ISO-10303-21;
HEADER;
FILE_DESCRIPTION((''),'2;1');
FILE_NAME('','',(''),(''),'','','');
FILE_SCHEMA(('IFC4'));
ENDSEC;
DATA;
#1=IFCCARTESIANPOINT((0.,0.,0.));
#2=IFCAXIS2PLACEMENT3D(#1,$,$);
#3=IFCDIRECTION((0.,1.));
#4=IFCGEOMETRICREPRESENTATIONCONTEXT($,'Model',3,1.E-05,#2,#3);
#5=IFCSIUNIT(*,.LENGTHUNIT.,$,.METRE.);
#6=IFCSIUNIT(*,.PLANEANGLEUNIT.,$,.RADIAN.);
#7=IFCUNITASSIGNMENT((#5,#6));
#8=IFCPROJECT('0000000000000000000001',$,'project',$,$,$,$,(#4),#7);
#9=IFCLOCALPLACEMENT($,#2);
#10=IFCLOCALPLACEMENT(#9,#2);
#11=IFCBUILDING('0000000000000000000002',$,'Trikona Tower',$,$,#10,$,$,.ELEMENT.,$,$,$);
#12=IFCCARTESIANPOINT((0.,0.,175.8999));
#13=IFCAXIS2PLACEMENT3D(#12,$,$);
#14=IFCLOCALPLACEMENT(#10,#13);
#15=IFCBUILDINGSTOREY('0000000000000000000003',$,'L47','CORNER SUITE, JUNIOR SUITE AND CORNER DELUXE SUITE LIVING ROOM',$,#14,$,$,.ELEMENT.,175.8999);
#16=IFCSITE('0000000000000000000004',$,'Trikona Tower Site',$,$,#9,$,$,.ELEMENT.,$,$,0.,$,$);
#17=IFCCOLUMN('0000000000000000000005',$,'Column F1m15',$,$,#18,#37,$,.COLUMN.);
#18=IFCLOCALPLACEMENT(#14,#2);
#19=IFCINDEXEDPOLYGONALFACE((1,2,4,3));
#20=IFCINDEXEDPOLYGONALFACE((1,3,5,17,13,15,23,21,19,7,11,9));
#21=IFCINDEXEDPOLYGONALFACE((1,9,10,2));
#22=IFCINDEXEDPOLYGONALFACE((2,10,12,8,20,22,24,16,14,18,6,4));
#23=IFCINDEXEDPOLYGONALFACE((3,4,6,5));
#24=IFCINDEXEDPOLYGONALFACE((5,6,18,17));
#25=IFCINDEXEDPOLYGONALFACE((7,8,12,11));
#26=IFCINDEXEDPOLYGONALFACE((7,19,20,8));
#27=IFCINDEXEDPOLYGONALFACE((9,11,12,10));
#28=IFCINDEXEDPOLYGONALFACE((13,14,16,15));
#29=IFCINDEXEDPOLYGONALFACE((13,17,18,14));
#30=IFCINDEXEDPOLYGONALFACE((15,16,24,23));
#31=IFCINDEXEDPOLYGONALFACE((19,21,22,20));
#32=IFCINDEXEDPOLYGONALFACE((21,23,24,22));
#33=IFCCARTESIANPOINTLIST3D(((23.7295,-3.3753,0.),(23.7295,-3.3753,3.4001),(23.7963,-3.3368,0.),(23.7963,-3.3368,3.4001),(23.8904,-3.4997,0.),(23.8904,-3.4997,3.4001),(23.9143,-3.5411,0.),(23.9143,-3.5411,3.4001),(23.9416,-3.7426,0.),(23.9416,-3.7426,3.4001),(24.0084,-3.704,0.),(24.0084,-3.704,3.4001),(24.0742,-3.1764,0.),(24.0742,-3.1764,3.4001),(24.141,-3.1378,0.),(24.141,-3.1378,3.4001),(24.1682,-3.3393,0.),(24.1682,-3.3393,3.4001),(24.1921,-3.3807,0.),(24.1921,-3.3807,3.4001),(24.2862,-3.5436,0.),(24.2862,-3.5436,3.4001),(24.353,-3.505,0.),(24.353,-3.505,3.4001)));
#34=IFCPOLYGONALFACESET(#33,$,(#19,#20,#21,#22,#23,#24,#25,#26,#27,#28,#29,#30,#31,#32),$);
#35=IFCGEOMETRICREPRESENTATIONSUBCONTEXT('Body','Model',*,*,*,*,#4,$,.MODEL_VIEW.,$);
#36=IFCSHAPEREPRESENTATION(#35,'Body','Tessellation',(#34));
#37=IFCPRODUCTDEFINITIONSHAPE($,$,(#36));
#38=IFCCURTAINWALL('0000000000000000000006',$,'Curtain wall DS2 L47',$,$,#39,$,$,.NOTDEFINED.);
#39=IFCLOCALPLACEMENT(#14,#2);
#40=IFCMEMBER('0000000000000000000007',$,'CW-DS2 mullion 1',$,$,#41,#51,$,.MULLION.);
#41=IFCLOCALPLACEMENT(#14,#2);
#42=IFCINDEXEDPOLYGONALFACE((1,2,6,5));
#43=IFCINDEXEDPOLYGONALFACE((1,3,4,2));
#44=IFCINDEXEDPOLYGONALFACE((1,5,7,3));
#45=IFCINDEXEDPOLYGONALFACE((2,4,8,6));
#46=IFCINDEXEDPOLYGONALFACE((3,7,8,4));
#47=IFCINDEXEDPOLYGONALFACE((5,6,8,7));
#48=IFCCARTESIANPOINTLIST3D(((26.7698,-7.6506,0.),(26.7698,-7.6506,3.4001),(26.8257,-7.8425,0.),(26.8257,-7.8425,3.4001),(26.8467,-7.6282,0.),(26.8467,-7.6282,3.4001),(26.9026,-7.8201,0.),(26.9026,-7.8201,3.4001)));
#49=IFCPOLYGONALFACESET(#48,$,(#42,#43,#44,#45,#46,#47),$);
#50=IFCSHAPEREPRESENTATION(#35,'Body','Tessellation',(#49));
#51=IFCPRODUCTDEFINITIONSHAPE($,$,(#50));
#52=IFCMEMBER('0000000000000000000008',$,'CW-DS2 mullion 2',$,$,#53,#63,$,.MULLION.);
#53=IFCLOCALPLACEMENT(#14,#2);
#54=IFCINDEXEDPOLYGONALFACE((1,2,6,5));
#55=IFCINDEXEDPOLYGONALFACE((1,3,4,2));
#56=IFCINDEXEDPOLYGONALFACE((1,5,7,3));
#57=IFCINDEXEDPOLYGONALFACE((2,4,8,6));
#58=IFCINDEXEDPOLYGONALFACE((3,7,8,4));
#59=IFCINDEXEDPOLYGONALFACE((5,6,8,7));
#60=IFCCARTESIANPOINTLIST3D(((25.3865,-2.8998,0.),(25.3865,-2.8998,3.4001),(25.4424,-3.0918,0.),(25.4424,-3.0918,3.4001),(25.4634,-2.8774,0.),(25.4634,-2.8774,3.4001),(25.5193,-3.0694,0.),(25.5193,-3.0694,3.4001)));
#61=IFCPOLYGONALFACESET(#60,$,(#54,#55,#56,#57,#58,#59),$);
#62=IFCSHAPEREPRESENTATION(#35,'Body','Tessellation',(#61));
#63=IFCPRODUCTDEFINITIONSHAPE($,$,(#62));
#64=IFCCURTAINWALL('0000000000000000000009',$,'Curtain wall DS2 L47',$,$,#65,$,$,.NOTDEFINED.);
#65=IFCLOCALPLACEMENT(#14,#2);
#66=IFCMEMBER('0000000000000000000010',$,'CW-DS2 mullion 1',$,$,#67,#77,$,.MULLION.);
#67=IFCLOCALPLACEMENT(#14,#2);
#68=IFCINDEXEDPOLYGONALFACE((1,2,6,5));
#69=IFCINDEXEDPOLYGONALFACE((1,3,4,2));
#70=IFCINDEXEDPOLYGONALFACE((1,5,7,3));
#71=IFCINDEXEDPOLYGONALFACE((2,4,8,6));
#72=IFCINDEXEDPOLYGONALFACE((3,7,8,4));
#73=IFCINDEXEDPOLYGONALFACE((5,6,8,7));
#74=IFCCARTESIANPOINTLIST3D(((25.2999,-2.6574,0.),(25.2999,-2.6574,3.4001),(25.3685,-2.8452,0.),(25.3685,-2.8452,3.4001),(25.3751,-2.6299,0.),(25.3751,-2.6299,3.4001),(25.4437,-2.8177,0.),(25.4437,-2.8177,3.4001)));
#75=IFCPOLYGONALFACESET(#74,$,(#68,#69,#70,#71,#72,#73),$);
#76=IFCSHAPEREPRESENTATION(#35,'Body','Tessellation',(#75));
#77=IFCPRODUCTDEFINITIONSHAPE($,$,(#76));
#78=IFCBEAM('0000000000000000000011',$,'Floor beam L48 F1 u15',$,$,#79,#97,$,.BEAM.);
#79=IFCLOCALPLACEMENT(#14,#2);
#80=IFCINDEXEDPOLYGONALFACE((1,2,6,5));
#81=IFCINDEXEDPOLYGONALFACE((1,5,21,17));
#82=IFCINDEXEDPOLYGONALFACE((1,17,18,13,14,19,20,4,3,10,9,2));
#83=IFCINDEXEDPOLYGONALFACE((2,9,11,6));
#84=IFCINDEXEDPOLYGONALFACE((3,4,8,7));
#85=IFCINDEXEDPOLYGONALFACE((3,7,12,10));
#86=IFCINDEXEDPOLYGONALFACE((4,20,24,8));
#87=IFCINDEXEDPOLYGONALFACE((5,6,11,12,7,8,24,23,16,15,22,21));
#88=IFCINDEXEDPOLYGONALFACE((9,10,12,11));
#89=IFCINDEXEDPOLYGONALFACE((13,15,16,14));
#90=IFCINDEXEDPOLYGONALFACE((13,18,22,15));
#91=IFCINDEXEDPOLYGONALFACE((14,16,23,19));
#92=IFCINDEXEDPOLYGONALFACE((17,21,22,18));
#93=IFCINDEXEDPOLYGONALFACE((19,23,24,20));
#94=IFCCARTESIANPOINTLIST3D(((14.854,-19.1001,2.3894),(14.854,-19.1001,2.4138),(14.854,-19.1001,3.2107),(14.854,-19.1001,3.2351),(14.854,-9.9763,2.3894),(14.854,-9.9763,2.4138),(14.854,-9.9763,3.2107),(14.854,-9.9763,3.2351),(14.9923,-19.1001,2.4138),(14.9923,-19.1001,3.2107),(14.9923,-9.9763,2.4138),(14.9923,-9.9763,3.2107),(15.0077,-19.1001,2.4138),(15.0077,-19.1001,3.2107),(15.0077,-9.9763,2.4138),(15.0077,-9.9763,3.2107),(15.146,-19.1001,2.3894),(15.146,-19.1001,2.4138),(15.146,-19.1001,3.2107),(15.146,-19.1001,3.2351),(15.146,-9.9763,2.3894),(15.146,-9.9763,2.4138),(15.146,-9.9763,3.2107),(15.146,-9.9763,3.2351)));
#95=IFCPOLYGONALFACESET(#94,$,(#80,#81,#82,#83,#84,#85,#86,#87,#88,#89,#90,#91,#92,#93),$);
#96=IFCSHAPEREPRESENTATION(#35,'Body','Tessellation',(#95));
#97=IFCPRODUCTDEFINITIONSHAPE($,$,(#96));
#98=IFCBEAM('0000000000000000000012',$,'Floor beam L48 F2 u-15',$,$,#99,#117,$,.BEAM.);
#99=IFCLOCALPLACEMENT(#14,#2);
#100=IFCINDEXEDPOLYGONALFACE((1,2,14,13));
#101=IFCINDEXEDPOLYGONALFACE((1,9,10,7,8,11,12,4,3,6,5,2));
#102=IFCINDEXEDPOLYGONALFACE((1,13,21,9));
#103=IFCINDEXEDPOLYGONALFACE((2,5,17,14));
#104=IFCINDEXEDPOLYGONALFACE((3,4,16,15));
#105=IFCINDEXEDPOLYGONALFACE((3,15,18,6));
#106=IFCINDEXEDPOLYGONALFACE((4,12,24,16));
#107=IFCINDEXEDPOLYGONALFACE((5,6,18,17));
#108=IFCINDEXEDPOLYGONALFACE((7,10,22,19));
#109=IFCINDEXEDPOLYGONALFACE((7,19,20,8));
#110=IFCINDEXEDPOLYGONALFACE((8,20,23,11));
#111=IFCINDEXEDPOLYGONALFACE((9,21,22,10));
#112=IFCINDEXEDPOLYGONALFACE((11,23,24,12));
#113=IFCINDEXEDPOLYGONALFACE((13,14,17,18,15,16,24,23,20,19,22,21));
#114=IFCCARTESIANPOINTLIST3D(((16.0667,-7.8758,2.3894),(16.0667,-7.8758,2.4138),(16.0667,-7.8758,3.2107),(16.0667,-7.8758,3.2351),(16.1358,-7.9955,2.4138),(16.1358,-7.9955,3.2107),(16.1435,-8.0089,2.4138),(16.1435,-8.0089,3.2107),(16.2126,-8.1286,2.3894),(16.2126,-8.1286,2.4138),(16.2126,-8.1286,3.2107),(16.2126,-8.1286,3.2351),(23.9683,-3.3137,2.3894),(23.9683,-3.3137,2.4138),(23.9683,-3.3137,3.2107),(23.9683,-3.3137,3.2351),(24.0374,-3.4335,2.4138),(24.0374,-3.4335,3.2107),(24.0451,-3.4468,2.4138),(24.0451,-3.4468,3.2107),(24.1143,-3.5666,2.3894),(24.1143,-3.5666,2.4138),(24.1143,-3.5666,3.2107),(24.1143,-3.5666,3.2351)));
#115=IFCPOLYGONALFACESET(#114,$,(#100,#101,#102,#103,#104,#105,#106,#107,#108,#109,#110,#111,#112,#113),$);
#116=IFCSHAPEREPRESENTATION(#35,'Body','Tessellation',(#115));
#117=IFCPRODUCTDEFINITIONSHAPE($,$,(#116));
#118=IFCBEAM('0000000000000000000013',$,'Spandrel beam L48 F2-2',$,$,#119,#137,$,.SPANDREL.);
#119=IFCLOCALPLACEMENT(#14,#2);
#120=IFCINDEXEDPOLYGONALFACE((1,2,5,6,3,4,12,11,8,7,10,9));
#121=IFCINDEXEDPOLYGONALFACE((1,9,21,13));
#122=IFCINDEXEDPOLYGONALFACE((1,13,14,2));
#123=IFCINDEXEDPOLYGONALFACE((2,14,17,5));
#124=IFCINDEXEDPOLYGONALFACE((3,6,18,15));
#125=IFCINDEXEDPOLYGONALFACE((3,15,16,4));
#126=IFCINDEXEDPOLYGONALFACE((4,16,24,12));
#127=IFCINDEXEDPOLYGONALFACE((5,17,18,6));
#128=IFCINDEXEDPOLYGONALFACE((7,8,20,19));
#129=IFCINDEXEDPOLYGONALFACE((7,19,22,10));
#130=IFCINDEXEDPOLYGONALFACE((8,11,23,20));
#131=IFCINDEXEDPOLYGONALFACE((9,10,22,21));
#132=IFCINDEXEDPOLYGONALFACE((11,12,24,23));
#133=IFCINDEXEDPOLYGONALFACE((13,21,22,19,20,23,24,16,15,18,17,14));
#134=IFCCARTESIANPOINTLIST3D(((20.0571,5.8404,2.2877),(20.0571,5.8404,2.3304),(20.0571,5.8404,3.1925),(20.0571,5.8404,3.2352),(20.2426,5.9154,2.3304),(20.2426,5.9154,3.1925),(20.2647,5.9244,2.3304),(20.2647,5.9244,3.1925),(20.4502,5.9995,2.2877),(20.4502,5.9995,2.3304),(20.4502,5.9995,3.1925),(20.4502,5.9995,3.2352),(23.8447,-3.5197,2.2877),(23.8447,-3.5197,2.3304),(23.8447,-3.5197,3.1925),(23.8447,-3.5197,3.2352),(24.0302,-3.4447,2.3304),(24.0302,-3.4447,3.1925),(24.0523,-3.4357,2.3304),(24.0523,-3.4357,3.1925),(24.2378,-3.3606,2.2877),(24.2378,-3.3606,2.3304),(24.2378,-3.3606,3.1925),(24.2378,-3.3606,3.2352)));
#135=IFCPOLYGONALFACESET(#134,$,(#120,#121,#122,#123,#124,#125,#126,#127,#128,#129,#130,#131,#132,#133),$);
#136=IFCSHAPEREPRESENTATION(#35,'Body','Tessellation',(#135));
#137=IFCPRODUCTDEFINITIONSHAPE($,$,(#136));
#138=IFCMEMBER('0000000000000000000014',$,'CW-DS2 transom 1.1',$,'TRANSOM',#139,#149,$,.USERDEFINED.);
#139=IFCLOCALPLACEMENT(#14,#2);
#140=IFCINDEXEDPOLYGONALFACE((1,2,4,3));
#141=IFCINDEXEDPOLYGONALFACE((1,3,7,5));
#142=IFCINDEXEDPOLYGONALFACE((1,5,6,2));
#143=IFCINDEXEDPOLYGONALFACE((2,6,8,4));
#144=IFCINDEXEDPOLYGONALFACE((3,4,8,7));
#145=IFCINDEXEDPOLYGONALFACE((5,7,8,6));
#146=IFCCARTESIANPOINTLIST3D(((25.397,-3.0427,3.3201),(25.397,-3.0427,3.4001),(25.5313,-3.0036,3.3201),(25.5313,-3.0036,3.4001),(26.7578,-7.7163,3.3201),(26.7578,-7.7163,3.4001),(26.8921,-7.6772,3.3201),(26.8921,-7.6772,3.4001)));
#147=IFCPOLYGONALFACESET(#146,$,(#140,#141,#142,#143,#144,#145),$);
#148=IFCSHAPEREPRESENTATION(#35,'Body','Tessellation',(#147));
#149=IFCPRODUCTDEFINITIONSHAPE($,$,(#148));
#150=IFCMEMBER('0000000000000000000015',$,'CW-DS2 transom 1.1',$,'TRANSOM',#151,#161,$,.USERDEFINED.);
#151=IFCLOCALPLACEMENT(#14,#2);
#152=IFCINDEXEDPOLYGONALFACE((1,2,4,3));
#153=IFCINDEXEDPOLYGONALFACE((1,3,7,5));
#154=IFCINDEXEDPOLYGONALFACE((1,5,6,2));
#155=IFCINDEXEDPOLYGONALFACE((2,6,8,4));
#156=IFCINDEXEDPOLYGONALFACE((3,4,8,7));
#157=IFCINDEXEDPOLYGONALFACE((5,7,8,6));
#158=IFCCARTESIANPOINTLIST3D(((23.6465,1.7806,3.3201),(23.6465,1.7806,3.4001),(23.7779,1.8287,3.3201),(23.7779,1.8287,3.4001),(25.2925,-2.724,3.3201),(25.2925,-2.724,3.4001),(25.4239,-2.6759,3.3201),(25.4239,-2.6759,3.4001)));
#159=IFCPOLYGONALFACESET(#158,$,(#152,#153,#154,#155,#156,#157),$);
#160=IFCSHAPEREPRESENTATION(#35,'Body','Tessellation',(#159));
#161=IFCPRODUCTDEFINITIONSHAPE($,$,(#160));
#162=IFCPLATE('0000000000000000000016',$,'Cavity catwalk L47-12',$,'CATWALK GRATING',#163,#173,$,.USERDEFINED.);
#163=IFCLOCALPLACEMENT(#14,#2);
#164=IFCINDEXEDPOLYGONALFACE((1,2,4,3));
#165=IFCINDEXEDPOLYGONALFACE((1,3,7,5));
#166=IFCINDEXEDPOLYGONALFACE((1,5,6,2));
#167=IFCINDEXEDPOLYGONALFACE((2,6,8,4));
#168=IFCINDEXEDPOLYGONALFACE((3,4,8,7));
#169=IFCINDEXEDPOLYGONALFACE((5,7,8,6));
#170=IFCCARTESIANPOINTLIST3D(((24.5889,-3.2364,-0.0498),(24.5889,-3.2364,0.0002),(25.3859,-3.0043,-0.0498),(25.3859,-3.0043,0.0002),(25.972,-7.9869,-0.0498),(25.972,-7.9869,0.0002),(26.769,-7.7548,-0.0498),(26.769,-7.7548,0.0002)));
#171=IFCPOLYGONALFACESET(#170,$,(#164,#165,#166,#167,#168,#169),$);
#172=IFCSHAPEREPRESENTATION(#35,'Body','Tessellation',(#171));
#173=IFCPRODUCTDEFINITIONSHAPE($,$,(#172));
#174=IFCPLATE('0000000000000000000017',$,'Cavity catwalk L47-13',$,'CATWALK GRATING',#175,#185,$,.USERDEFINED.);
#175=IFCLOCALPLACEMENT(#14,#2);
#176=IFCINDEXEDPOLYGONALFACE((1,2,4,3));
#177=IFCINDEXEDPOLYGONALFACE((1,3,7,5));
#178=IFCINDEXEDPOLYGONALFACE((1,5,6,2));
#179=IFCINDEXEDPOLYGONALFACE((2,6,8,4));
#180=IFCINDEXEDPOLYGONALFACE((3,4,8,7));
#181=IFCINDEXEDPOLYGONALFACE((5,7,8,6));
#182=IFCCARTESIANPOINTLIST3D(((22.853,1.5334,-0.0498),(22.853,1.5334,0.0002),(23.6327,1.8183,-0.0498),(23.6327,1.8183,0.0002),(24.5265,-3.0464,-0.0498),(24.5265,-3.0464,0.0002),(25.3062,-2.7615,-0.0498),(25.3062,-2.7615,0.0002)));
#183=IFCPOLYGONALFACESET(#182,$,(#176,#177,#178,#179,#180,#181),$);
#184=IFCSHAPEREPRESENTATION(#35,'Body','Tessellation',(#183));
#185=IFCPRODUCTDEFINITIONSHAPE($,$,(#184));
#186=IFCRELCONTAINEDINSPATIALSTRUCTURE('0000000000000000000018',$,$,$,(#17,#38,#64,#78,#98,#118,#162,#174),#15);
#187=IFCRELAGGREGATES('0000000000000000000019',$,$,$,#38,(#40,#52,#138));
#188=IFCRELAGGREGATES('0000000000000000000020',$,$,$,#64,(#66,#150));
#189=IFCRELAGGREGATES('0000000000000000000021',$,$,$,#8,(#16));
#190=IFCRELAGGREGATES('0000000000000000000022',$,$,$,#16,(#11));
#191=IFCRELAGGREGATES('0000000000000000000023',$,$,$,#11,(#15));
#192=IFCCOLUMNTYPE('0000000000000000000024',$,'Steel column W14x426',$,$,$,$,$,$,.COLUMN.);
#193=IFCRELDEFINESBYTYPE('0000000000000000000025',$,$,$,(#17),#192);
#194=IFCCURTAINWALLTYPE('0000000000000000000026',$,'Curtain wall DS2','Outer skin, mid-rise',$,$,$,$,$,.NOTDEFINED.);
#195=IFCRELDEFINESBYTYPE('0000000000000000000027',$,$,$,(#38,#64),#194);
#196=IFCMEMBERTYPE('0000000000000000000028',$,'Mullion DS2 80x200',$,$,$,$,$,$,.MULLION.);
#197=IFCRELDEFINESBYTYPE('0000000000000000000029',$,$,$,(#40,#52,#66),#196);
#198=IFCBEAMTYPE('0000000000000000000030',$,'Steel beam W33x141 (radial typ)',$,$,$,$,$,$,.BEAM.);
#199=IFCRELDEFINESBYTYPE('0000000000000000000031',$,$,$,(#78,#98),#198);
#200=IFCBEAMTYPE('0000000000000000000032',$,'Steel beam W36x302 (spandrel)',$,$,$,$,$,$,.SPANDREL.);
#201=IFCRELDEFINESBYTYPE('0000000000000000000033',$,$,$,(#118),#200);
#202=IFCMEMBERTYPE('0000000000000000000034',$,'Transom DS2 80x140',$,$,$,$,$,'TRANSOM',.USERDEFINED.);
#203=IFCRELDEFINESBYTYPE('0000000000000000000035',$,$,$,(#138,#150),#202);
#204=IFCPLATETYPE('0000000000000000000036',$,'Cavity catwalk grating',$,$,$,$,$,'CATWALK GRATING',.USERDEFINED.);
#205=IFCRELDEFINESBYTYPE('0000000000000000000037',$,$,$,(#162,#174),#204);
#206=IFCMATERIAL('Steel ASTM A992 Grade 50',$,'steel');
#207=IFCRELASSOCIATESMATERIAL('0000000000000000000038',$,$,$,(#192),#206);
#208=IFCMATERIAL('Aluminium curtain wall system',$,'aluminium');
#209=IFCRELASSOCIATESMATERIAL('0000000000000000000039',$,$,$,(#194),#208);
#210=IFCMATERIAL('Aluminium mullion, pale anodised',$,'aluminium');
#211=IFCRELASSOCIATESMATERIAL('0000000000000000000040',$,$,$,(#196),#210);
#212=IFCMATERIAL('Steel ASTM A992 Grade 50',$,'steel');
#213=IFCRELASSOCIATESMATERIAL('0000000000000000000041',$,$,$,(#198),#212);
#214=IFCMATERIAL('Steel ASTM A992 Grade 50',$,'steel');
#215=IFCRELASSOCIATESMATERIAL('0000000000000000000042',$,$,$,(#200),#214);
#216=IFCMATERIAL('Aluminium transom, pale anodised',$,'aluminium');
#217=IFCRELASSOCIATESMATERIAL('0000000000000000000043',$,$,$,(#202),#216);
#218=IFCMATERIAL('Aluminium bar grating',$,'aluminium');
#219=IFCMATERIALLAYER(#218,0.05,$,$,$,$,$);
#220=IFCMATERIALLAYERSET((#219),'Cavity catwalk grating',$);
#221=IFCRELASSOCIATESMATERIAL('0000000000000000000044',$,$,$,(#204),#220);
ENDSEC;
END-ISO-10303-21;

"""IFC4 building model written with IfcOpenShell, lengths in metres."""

from ifc_helpers import new_model, si_unit, direction, frame, origin, origin_2d, place, context, subcontext, project, spatial, rectangle, i_section, extrude, material, layer, layer_set, material_profile, profile_set, type_object, element, aggregate, save


model = new_model("IFC4")

# Units and contexts
model_context = context("Model", 3, precision=1e-05, world=origin(), true_north=direction((0.0, 1.0)))
body_context = subcontext(model_context, "Body", "Model", "MODEL_VIEW")
ifc_project = project(units=[si_unit("LENGTHUNIT", "METRE"), si_unit("PLANEANGLEUNIT", "RADIAN")], contexts=[model_context])

# Site, building, storey
site_placement = place(None, origin())
site = spatial("IfcSite", under=ifc_project, at=site_placement, Name="Trikona Tower Site", CompositionType="ELEMENT", RefElevation=0.0)
building_placement = place(site_placement, origin())
building = spatial("IfcBuilding", under=site, at=building_placement, Name="Trikona Tower", CompositionType="ELEMENT")
storey_placement = place(building_placement, frame((0.0, 0.0, 175.8999)))
storey = spatial("IfcBuildingStorey", under=building, at=storey_placement, Name="L47", Description="CORNER SUITE, JUNIOR SUITE AND CORNER DELUXE SUITE LIVING ROOM", CompositionType="ELEMENT", Elevation=175.8999)

# Column
ifc_material_1 = material(Name="Steel ASTM A992 Grade 50", Category="steel")
ifc_material_profile_1 = material_profile(ifc_material_1, i_section(OverallWidth=0.4241, OverallDepth=0.4751, WebThickness=0.0479, FlangeThickness=0.0771, at=origin_2d()), Name="W14X426")
ifc_profile_set_1 = profile_set([ifc_material_profile_1], Name="Steel ASTM A992 Grade 50")
column_type = type_object("IfcColumnType", Name="Steel column W14x426", PredefinedType="COLUMN", material=ifc_profile_set_1)
column_placement = place(storey_placement, frame((24.0413, -3.4402, 0.0), z_axis=(0.0, 0.0, 1.0), x_axis=(-0.5, 0.866025, 0.0)))
element("IfcColumn", 1, at=column_placement, inside=storey, type_object=column_type, Name="Column F1m15", PredefinedType="COLUMN", context=body_context, shape_type="SweptSolid", body=[
    extrude(i_section(OverallWidth=0.4241, OverallDepth=0.4751, WebThickness=0.0479, FlangeThickness=0.0771, at=origin_2d()), origin(), (0.0, 0.0, 1.0), 3.4001),
])

# Curtain wall, members
ifc_material_2 = material(Name="Aluminium curtain wall system", Category="aluminium")
curtain_wall_type = type_object("IfcCurtainWallType", Name="Curtain wall DS2", Description="Outer skin, mid-rise", PredefinedType="NOTDEFINED", material=ifc_material_2)
curtain_wall_1_placement = place(storey_placement, origin())
curtain_wall_1 = element("IfcCurtainWall", 2, at=curtain_wall_1_placement, inside=storey, type_object=curtain_wall_type, Name="Curtain wall DS2 L47", PredefinedType="NOTDEFINED")
ifc_material_3 = material(Name="Aluminium mullion, pale anodised", Category="aluminium")
ifc_material_profile_2 = material_profile(ifc_material_3, rectangle(XDim=0.0801, YDim=0.2, at=origin_2d()), Name="MUL-DS2")
ifc_profile_set_2 = profile_set([ifc_material_profile_2], Name="Aluminium mullion, pale anodised")
member_type_1 = type_object("IfcMemberType", Name="Mullion DS2 80x200", PredefinedType="MULLION", material=ifc_profile_set_2)
member_1_placement = place(storey_placement, frame((26.8362, -7.7354, 0.0), z_axis=(0.0, 0.0, 1.0), x_axis=(-0.960133, -0.279543, 0.0)))
member_1 = element("IfcMember", 3, at=member_1_placement, type_object=member_type_1, Name="CW-DS2 mullion 1", PredefinedType="MULLION", context=body_context, shape_type="SweptSolid", body=[
    extrude(rectangle(XDim=0.0801, YDim=0.2, at=origin_2d()), origin(), (0.0, 0.0, 1.0), 3.4001),
])
member_2_placement = place(storey_placement, frame((25.4529, -2.9846, 0.0), z_axis=(0.0, 0.0, 1.0), x_axis=(-0.960133, -0.279543, 0.0)))
member_2 = element("IfcMember", 4, at=member_2_placement, type_object=member_type_1, Name="CW-DS2 mullion 2", PredefinedType="MULLION", context=body_context, shape_type="SweptSolid", body=[
    extrude(rectangle(XDim=0.0801, YDim=0.2, at=origin_2d()), origin(), (0.0, 0.0, 1.0), 3.4001),
])

# Curtain wall, member
curtain_wall_2_placement = place(storey_placement, origin())
curtain_wall_2 = element("IfcCurtainWall", 5, at=curtain_wall_2_placement, inside=storey, type_object=curtain_wall_type, Name="Curtain wall DS2 L47", PredefinedType="NOTDEFINED")
member_3_placement = place(storey_placement, frame((25.3718, -2.7375, 0.0), z_axis=(0.0, 0.0, 1.0), x_axis=(-0.939254, -0.343223, 0.0)))
member_3 = element("IfcMember", 6, at=member_3_placement, type_object=member_type_1, Name="CW-DS2 mullion 1", PredefinedType="MULLION", context=body_context, shape_type="SweptSolid", body=[
    extrude(rectangle(XDim=0.0801, YDim=0.2, at=origin_2d()), origin(), (0.0, 0.0, 1.0), 3.4001),
])

# Beams
ifc_material_4 = material(Name="Steel ASTM A992 Grade 50", Category="steel")
ifc_material_profile_3 = material_profile(ifc_material_4, i_section(OverallWidth=0.292, OverallDepth=0.8457, WebThickness=0.0154, FlangeThickness=0.0244, at=origin_2d()), Name="W33X141")
ifc_profile_set_3 = profile_set([ifc_material_profile_3], Name="Steel ASTM A992 Grade 50")
beam_type_1 = type_object("IfcBeamType", Name="Steel beam W33x141 (radial typ)", PredefinedType="BEAM", material=ifc_profile_set_3)
beam_1_placement = place(storey_placement, frame((15.0, -9.9763, 2.8123), z_axis=(0.0, -1.0, 0.0), x_axis=(1.0, 0.0, 0.0)))
element("IfcBeam", 7, at=beam_1_placement, inside=storey, type_object=beam_type_1, Name="Floor beam L48 F1 u15", PredefinedType="BEAM", context=body_context, shape_type="SweptSolid", body=[
    extrude(i_section(OverallWidth=0.292, OverallDepth=0.8457, WebThickness=0.0154, FlangeThickness=0.0244, at=origin_2d()), origin(), (0.0, 0.0, 1.0), 9.1238),
])
beam_2_placement = place(storey_placement, frame((16.1396, -8.0022, 2.8123), z_axis=(0.866025, 0.500001, 0.0), x_axis=(-0.500001, 0.866025, 0.0)))
element("IfcBeam", 8, at=beam_2_placement, inside=storey, type_object=beam_type_1, Name="Floor beam L48 F2 u-15", PredefinedType="BEAM", context=body_context, shape_type="SweptSolid", body=[
    extrude(i_section(OverallWidth=0.292, OverallDepth=0.8457, WebThickness=0.0154, FlangeThickness=0.0244, at=origin_2d()), origin(), (0.0, 0.0, 1.0), 9.124),
])
ifc_material_5 = material(Name="Steel ASTM A992 Grade 50", Category="steel")
ifc_material_profile_4 = material_profile(ifc_material_5, i_section(OverallWidth=0.4241, OverallDepth=0.9475, WebThickness=0.0239, FlangeThickness=0.0427, at=origin_2d()), Name="W36X302")
ifc_profile_set_4 = profile_set([ifc_material_profile_4], Name="Steel ASTM A992 Grade 50")
beam_type_2 = type_object("IfcBeamType", Name="Steel beam W36x302 (spandrel)", PredefinedType="SPANDREL", material=ifc_profile_set_4)
beam_3_placement = place(storey_placement, frame((24.0413, -3.4402, 2.7615), z_axis=(-0.375106, 0.926982, 0.0), x_axis=(-0.926982, -0.375106, 0.0)))
element("IfcBeam", 9, at=beam_3_placement, inside=storey, type_object=beam_type_2, Name="Spandrel beam L48 F2-2", PredefinedType="SPANDREL", context=body_context, shape_type="SweptSolid", body=[
    extrude(i_section(OverallWidth=0.4241, OverallDepth=0.9475, WebThickness=0.0239, FlangeThickness=0.0427, at=origin_2d()), origin(), (0.0, 0.0, 1.0), 10.0974),
])

# Members
ifc_material_6 = material(Name="Aluminium transom, pale anodised", Category="aluminium")
ifc_material_profile_5 = material_profile(ifc_material_6, rectangle(XDim=0.1399, YDim=0.0801, at=origin_2d()), Name="TRN-DS2")
ifc_profile_set_5 = profile_set([ifc_material_profile_5], Name="Aluminium transom, pale anodised")
member_type_2 = type_object("IfcMemberType", Name="Transom DS2 80x140", ElementType="TRANSOM", PredefinedType="USERDEFINED", material=ifc_profile_set_5)
member_4_placement = place(storey_placement, frame((26.825, -7.6968, 3.3601), z_axis=(-0.279567, 0.960126, 0.0), x_axis=(-0.960126, -0.279567, 0.0)))
member_4 = element("IfcMember", 10, at=member_4_placement, type_object=member_type_2, Name="CW-DS2 transom 1.1", ObjectType="TRANSOM", PredefinedType="USERDEFINED", context=body_context, shape_type="SweptSolid", body=[
    extrude(rectangle(XDim=0.1399, YDim=0.0801, at=origin_2d()), origin(), (0.0, 0.0, 1.0), 4.8677),
])
member_5_placement = place(storey_placement, frame((25.3582, -2.7, 3.3601), z_axis=(-0.343206, 0.93926, 0.0), x_axis=(-0.93926, -0.343206, 0.0)))
member_5 = element("IfcMember", 11, at=member_5_placement, type_object=member_type_2, Name="CW-DS2 transom 1.1", ObjectType="TRANSOM", PredefinedType="USERDEFINED", context=body_context, shape_type="SweptSolid", body=[
    extrude(rectangle(XDim=0.1399, YDim=0.0801, at=origin_2d()), origin(), (0.0, 0.0, 1.0), 4.7959),
])

# Plates
ifc_material_7 = material(Name="Aluminium bar grating", Category="aluminium")
ifc_layer_1 = layer(ifc_material_7, 0.05)
ifc_layer_set_1 = layer_set([ifc_layer_1], Name="Cavity catwalk grating")
plate_type_1 = type_object("IfcPlateType", Name="Cavity catwalk grating", ElementType="CATWALK GRATING", PredefinedType="USERDEFINED", material=ifc_layer_set_1)
plate_1_placement = place(storey_placement, frame((25.679, -5.4956, -0.0498), z_axis=(0.0, 0.0, 1.0), x_axis=(-0.279554, 0.96013, 0.0)))
element("IfcPlate", 12, at=plate_1_placement, inside=storey, type_object=plate_type_1, Name="Cavity catwalk L47-12", ObjectType="CATWALK GRATING", PredefinedType="USERDEFINED", context=body_context, shape_type="SweptSolid", body=[
    extrude(rectangle(XDim=4.9478, YDim=0.8301, at=origin_2d()), origin(), (0.0, 0.0, 1.0), 0.05),
])
plate_2_placement = place(storey_placement, frame((24.0796, -0.614, -0.0498), z_axis=(0.0, 0.0, 1.0), x_axis=(-0.34322, 0.939255, 0.0)))
element("IfcPlate", 13, at=plate_2_placement, inside=storey, type_object=plate_type_1, Name="Cavity catwalk L47-13", ObjectType="CATWALK GRATING", PredefinedType="USERDEFINED", context=body_context, shape_type="SweptSolid", body=[
    extrude(rectangle(XDim=4.876, YDim=0.8301, at=origin_2d()), origin(), (0.0, 0.0, 1.0), 0.05),
])

aggregate(curtain_wall_1, [member_1, member_2, member_4])
aggregate(curtain_wall_2, [member_3, member_5])

save(model, "model.ifc")
